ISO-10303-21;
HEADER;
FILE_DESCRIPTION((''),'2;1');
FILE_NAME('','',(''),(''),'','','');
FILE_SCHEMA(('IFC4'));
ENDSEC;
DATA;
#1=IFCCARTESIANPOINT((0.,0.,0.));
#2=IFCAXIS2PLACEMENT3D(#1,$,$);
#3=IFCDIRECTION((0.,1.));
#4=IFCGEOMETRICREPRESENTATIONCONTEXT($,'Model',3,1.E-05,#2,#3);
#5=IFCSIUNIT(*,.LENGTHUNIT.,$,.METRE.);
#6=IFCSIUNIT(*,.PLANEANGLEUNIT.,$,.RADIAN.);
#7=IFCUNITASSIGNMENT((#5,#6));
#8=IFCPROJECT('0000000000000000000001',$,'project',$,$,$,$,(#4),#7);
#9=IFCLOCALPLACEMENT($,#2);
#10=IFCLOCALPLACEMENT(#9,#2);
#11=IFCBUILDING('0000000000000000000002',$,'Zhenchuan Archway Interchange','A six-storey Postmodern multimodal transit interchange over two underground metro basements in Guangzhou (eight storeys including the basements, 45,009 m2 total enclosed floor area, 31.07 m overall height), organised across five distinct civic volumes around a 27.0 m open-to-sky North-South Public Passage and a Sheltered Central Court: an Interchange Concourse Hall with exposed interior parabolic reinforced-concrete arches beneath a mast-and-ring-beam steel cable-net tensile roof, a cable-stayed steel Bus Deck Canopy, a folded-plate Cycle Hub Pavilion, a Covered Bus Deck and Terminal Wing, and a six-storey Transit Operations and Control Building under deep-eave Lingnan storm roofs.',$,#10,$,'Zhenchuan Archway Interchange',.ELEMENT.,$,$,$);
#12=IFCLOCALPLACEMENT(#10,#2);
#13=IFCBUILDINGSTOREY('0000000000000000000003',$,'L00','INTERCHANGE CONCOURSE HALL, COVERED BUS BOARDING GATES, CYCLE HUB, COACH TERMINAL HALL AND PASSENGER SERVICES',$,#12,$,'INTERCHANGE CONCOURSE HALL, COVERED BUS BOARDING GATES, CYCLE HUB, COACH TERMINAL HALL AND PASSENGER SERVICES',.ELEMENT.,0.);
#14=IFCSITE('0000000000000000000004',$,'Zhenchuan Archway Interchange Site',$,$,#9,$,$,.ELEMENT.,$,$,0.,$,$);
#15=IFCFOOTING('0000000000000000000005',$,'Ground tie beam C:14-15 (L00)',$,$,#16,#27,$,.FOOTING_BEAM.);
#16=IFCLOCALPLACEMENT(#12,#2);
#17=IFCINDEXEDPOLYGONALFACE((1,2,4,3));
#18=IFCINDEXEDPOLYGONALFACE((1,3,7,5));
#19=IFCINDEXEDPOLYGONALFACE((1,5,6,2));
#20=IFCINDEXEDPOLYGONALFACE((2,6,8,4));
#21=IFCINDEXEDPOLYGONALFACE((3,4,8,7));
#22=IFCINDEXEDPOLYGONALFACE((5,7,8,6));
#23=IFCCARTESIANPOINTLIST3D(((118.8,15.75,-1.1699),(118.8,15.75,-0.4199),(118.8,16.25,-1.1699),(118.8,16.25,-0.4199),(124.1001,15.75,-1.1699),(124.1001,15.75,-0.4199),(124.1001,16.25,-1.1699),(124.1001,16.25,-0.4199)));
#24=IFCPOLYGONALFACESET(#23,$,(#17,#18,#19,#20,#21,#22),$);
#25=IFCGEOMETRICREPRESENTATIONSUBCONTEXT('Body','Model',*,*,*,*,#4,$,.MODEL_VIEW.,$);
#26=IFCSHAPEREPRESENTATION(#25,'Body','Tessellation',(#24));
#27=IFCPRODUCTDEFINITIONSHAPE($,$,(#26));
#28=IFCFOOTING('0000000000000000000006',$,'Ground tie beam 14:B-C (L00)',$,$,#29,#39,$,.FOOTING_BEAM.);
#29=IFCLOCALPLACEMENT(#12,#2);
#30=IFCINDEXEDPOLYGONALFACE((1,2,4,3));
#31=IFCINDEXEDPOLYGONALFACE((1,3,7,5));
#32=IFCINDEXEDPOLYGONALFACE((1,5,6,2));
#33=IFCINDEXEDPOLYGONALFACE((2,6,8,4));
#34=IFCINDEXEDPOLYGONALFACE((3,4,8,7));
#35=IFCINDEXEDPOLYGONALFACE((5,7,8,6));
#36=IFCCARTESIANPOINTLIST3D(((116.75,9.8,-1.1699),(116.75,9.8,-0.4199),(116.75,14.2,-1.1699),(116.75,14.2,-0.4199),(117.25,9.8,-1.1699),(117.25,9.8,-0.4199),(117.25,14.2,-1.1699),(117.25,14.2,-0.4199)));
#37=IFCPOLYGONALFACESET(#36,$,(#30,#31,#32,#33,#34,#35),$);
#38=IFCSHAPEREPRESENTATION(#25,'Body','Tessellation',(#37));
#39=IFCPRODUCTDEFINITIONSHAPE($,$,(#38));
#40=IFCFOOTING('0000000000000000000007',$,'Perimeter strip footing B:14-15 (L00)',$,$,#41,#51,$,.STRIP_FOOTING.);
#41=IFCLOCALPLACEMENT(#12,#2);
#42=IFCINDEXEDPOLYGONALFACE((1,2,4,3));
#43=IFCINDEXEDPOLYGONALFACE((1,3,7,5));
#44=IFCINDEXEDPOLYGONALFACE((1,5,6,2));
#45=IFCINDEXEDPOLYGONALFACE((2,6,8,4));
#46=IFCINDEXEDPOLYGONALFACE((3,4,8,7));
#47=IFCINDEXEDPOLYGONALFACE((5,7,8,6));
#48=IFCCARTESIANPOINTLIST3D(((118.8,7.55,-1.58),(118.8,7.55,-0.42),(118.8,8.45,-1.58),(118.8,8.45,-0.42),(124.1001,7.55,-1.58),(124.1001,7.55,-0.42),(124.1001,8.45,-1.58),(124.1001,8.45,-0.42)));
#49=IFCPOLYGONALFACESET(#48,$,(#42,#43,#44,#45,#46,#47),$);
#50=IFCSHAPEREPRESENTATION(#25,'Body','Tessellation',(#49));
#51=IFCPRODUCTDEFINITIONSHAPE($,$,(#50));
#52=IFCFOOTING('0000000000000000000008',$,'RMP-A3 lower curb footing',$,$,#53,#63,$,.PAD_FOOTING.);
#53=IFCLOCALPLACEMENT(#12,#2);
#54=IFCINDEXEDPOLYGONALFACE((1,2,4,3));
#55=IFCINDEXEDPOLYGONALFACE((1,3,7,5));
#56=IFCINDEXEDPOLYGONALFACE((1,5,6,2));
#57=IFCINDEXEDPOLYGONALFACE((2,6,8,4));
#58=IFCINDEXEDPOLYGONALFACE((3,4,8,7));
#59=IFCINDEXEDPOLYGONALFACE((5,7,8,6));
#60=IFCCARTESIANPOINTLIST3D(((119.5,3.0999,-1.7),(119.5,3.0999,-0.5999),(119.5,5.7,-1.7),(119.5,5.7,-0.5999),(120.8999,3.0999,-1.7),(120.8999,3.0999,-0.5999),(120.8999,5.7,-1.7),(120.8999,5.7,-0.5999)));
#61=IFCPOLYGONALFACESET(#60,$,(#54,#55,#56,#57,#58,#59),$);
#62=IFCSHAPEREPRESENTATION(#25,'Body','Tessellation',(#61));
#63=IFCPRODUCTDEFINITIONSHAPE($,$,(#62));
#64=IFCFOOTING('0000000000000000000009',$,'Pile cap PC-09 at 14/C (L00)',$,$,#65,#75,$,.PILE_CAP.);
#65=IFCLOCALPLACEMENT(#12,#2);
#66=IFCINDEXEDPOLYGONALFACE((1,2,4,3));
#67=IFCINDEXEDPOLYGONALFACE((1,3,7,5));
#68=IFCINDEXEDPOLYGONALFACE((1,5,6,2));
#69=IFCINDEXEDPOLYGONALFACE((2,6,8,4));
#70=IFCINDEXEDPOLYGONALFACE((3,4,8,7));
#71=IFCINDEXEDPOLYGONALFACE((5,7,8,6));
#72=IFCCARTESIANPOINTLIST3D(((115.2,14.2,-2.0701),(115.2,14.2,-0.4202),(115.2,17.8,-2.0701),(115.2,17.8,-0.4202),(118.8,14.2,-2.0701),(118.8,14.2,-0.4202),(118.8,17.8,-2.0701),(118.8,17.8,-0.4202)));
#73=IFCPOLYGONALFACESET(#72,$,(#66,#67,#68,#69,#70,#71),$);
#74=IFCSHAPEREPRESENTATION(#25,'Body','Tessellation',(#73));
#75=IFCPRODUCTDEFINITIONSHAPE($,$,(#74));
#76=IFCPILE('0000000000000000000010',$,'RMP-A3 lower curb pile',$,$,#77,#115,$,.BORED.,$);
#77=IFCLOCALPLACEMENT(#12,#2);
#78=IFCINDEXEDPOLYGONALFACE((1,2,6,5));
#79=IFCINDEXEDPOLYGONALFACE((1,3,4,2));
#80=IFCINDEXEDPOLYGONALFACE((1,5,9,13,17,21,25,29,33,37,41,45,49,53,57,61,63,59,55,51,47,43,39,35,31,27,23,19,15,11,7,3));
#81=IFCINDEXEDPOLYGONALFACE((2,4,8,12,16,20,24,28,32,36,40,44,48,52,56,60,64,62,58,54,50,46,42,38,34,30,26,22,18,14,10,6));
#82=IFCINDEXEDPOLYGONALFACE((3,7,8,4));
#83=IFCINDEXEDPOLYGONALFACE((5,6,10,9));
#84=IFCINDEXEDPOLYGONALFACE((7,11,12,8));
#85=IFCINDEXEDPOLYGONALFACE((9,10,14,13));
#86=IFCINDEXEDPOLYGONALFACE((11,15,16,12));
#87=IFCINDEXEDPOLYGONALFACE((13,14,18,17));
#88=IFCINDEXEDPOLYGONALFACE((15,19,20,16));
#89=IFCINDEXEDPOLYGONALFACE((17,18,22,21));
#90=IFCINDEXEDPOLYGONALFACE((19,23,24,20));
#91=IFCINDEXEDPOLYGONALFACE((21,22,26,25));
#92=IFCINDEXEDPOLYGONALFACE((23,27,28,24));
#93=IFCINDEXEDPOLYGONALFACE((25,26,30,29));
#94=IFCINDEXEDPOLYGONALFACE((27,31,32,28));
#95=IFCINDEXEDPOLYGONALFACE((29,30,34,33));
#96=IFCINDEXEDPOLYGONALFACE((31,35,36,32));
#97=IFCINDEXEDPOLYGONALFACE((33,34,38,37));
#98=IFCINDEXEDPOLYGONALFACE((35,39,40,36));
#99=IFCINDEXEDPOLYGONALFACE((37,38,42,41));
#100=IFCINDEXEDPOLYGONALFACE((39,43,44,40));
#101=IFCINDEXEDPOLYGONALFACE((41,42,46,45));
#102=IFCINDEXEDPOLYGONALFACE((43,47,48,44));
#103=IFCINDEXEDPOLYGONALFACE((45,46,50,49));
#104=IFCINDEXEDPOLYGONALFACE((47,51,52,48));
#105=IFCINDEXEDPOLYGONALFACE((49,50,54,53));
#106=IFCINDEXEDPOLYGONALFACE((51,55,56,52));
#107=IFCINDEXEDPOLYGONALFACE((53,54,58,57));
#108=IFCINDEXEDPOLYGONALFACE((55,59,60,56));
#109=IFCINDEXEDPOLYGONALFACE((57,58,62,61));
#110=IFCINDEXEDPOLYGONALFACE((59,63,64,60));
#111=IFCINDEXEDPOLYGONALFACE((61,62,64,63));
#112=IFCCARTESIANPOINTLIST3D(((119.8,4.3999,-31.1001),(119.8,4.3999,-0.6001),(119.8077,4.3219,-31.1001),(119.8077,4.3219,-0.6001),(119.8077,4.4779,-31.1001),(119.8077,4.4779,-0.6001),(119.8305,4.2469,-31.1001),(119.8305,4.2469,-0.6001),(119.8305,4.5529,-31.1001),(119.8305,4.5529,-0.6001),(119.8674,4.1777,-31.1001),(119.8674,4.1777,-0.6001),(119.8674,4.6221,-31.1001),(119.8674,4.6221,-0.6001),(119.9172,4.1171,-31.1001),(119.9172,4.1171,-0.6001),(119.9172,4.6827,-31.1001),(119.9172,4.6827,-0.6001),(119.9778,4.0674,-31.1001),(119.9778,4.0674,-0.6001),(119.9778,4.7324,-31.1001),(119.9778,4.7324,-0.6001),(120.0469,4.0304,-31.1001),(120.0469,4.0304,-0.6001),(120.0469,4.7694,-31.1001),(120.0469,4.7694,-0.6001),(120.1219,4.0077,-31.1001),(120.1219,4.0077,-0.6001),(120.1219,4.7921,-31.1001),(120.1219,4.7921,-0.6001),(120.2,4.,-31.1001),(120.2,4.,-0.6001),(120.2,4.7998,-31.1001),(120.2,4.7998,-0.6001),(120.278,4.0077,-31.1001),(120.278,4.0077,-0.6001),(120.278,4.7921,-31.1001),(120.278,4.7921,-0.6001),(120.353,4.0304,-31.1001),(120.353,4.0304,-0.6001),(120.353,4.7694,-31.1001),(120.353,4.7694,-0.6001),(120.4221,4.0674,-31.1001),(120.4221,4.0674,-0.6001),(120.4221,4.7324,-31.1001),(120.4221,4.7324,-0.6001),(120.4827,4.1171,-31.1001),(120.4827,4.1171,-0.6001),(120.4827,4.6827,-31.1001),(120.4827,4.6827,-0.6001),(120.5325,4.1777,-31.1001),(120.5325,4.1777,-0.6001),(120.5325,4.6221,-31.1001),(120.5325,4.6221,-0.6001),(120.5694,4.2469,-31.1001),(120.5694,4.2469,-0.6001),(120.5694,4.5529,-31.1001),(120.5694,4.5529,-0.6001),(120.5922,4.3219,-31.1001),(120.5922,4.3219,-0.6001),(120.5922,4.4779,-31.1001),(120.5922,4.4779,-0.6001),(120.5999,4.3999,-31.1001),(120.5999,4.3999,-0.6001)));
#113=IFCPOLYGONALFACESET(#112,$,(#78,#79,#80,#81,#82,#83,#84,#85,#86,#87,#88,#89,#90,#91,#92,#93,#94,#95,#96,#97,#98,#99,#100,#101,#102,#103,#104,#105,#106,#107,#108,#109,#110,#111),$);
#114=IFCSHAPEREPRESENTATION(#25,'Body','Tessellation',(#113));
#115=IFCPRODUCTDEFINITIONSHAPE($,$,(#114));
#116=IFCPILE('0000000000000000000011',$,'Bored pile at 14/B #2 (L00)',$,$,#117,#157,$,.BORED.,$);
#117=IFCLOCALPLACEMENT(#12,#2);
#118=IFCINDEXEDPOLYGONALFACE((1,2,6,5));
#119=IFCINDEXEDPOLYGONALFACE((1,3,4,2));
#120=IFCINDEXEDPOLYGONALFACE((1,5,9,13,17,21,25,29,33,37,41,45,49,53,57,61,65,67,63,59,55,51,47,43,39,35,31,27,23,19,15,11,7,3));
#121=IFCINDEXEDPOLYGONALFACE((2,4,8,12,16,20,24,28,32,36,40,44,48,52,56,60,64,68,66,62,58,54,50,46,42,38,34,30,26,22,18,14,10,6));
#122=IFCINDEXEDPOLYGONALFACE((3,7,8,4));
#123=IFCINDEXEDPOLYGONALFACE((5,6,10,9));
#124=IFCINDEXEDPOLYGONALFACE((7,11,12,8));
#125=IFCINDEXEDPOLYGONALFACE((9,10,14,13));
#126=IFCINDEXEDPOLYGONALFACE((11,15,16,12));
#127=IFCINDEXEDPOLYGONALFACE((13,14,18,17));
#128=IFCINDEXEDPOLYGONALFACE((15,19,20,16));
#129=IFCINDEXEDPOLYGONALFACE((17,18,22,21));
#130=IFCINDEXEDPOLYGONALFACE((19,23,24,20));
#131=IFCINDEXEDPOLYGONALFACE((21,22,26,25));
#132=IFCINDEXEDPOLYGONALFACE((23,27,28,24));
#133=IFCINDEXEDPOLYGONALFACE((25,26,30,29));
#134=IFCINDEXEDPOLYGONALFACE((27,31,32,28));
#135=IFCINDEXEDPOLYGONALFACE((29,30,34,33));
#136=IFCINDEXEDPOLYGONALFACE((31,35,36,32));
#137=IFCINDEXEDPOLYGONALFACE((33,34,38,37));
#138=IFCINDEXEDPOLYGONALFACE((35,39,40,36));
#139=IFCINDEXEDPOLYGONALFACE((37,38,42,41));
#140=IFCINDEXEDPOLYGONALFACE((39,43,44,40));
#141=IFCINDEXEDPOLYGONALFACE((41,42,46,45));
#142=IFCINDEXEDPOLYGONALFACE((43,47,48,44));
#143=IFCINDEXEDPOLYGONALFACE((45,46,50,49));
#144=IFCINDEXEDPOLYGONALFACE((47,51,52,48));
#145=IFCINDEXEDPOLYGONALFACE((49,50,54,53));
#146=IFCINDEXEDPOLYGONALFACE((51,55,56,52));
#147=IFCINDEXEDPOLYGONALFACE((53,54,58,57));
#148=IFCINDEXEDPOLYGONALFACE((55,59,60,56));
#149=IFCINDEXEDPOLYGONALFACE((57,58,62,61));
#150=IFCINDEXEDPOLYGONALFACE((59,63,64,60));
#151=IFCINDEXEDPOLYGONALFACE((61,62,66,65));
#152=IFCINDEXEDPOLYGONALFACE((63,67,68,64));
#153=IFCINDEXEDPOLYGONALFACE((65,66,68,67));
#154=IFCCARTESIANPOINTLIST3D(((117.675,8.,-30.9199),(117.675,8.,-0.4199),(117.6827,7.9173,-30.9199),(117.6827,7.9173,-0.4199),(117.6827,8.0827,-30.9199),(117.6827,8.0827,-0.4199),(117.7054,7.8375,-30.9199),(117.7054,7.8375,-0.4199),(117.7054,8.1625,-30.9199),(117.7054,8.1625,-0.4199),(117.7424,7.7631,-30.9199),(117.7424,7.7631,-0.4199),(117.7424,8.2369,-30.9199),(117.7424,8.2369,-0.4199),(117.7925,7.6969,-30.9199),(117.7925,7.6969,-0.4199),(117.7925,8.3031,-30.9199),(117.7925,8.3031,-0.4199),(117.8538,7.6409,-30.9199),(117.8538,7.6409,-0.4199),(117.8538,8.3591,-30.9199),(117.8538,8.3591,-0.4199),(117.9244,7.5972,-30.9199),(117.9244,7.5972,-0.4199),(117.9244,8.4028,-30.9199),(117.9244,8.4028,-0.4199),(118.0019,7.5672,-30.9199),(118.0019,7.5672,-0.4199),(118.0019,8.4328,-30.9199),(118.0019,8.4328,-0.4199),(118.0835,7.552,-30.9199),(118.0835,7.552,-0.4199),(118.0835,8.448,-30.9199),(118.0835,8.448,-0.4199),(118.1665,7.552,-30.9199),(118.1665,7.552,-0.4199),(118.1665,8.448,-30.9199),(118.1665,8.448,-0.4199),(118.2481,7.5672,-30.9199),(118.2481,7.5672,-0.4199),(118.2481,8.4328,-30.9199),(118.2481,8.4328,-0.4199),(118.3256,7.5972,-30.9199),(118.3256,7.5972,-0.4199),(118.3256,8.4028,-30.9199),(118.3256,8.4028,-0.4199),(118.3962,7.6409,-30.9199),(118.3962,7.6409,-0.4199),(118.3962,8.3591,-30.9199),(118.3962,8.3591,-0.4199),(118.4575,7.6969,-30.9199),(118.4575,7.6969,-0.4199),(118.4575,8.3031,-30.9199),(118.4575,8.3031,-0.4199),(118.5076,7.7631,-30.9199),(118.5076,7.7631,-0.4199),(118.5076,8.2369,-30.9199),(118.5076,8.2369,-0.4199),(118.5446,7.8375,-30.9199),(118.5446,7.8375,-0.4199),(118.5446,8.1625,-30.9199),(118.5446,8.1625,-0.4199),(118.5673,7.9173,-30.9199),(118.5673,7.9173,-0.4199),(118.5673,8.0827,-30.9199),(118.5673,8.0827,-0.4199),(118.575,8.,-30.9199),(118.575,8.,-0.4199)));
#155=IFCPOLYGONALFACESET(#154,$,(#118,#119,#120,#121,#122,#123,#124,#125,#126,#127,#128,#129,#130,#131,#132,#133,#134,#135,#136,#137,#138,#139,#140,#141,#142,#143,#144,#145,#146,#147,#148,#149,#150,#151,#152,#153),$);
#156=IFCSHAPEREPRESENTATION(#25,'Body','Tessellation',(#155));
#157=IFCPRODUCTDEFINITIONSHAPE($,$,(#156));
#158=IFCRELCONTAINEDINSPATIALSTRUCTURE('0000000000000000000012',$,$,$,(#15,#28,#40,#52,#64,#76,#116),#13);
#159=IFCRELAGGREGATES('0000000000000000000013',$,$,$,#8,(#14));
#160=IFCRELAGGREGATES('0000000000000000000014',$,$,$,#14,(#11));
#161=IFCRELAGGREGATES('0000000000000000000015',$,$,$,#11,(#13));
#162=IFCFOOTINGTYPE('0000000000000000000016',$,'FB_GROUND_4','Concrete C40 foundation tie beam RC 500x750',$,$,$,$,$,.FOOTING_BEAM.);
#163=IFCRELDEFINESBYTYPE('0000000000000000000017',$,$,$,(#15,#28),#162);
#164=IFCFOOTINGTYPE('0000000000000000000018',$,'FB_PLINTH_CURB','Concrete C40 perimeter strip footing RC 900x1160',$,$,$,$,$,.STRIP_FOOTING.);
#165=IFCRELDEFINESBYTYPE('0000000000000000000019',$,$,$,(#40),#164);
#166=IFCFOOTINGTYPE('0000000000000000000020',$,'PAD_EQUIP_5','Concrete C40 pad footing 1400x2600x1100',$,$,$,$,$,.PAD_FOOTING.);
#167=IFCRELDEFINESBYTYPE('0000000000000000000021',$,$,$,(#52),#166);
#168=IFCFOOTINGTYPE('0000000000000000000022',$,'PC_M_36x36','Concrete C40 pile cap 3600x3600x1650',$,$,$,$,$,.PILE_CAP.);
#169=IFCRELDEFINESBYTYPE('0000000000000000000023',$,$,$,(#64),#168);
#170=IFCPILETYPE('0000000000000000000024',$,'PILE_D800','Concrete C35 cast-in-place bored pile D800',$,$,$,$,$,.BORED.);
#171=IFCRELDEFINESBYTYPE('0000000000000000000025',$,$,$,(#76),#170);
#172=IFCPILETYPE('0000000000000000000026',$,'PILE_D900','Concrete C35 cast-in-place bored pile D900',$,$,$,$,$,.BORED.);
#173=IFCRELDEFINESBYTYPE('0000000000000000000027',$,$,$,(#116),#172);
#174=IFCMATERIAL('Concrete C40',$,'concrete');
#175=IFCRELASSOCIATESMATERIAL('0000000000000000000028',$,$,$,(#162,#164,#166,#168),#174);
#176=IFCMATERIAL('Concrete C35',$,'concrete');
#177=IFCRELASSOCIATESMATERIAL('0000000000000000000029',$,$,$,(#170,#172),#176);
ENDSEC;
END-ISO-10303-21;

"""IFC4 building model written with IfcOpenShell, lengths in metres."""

from ifc_helpers import new_model, si_unit, direction, frame, origin, origin_2d, place, context, subcontext, project, spatial, rectangle, circle, extrude, material, material_profile, profile_set, type_object, element, save


model = new_model("IFC4")

# Units and contexts
model_context = context("Model", 3, precision=1e-05, world=origin(), true_north=direction((0.0, 1.0)))
body_context = subcontext(model_context, "Body", "Model", "MODEL_VIEW")
ifc_project = project(units=[si_unit("LENGTHUNIT", "METRE"), si_unit("PLANEANGLEUNIT", "RADIAN")], contexts=[model_context])

# Site, building, storey
site_placement = place(None, origin())
site = spatial("IfcSite", under=ifc_project, at=site_placement, Name="Zhenchuan Archway Interchange Site", CompositionType="ELEMENT", RefElevation=0.0)
building_placement = place(site_placement, origin())
building = spatial("IfcBuilding", under=site, at=building_placement, Name="Zhenchuan Archway Interchange", Description="A six-storey Postmodern multimodal transit interchange over two underground metro basements in Guangzhou (eight storeys including the basements, 45,009 m2 total enclosed floor area, 31.07 m overall height), organised across five distinct civic volumes around a 27.0 m open-to-sky North-South Public Passage and a Sheltered Central Court: an Interchange Concourse Hall with exposed interior parabolic reinforced-concrete arches beneath a mast-and-ring-beam steel cable-net tensile roof, a cable-stayed steel Bus Deck Canopy, a folded-plate Cycle Hub Pavilion, a Covered Bus Deck and Terminal Wing, and a six-storey Transit Operations and Control Building under deep-eave Lingnan storm roofs.", LongName="Zhenchuan Archway Interchange", CompositionType="ELEMENT")
storey_placement = place(building_placement, origin())
storey = spatial("IfcBuildingStorey", under=building, at=storey_placement, Name="L00", Description="INTERCHANGE CONCOURSE HALL, COVERED BUS BOARDING GATES, CYCLE HUB, COACH TERMINAL HALL AND PASSENGER SERVICES", LongName="INTERCHANGE CONCOURSE HALL, COVERED BUS BOARDING GATES, CYCLE HUB, COACH TERMINAL HALL AND PASSENGER SERVICES", CompositionType="ELEMENT", Elevation=0.0)

# Footings
ifc_material_1 = material(Name="Concrete C40", Category="concrete")
ifc_material_profile_1 = material_profile(ifc_material_1, rectangle(XDim=0.5, YDim=0.75, at=origin_2d()), Name="RC 500x750")
ifc_profile_set_1 = profile_set([ifc_material_profile_1], Name="Concrete C40")
footing_type_1 = type_object("IfcFootingType", Name="FB_GROUND_4", Description="Concrete C40 foundation tie beam RC 500x750", PredefinedType="FOOTING_BEAM", material=ifc_profile_set_1)
footing_1_placement = place(storey_placement, frame((118.8, 16.0, -0.7949), z_axis=(1.0, 0.0, 0.0), x_axis=(0.0, 1.0, 0.0)))
element("IfcFooting", 1, at=footing_1_placement, inside=storey, type_object=footing_type_1, Name="Ground tie beam C:14-15 (L00)", PredefinedType="FOOTING_BEAM", context=body_context, shape_type="SweptSolid", body=[
    extrude(rectangle(XDim=0.5, YDim=0.75, at=origin_2d()), origin(), (0.0, 0.0, 1.0), 5.3),
])
footing_2_placement = place(storey_placement, frame((117.0, 9.8, -0.7949), z_axis=(0.0, 1.0, 0.0), x_axis=(-1.0, 0.0, 0.0)))
element("IfcFooting", 2, at=footing_2_placement, inside=storey, type_object=footing_type_1, Name="Ground tie beam 14:B-C (L00)", PredefinedType="FOOTING_BEAM", context=body_context, shape_type="SweptSolid", body=[
    extrude(rectangle(XDim=0.5, YDim=0.75, at=origin_2d()), origin(), (0.0, 0.0, 1.0), 4.3999),
])
ifc_material_profile_2 = material_profile(ifc_material_1, rectangle(XDim=0.8999, YDim=1.1599, at=origin_2d()), Name="RC 900x1160")
ifc_profile_set_2 = profile_set([ifc_material_profile_2], Name="Concrete C40")
footing_type_2 = type_object("IfcFootingType", Name="FB_PLINTH_CURB", Description="Concrete C40 perimeter strip footing RC 900x1160", PredefinedType="STRIP_FOOTING", material=ifc_profile_set_2)
footing_3_placement = place(storey_placement, frame((118.8, 8.0, -1.0), z_axis=(1.0, 0.0, 0.0), x_axis=(0.0, 1.0, 0.0)))
element("IfcFooting", 3, at=footing_3_placement, inside=storey, type_object=footing_type_2, Name="Perimeter strip footing B:14-15 (L00)", PredefinedType="STRIP_FOOTING", context=body_context, shape_type="SweptSolid", body=[
    extrude(rectangle(XDim=0.8999, YDim=1.1599, at=origin_2d()), origin(), (0.0, 0.0, 1.0), 5.3),
])
footing_type_3 = type_object("IfcFootingType", Name="PAD_EQUIP_5", Description="Concrete C40 pad footing 1400x2600x1100", PredefinedType="PAD_FOOTING", material=ifc_material_1)
footing_4_placement = place(storey_placement, frame((120.2, 4.3999, -1.7), z_axis=(0.0, 0.0, 1.0), x_axis=(1.0, 0.0, 0.0)))
element("IfcFooting", 4, at=footing_4_placement, inside=storey, type_object=footing_type_3, Name="RMP-A3 lower curb footing", PredefinedType="PAD_FOOTING", context=body_context, shape_type="SweptSolid", body=[
    extrude(rectangle(XDim=1.3999, YDim=2.6001, at=origin_2d()), origin(), (0.0, 0.0, 1.0), 1.1001),
])
footing_type_4 = type_object("IfcFootingType", Name="PC_M_36x36", Description="Concrete C40 pile cap 3600x3600x1650", PredefinedType="PILE_CAP", material=ifc_material_1)
footing_5_placement = place(storey_placement, frame((117.0, 16.0, -2.0701), z_axis=(0.0, 0.0, 1.0), x_axis=(1.0, 0.0, 0.0)))
element("IfcFooting", 5, at=footing_5_placement, inside=storey, type_object=footing_type_4, Name="Pile cap PC-09 at 14/C (L00)", PredefinedType="PILE_CAP", context=body_context, shape_type="SweptSolid", body=[
    extrude(rectangle(XDim=3.6001, YDim=3.6001, at=origin_2d()), origin(), (0.0, 0.0, 1.0), 1.6499),
])

# Piles
ifc_material_2 = material(Name="Concrete C35", Category="concrete")
ifc_material_profile_3 = material_profile(ifc_material_2, circle(Radius=0.3999, at=origin_2d()), Name="BORED PILE 800")
ifc_profile_set_3 = profile_set([ifc_material_profile_3], Name="Concrete C35")
pile_type_1 = type_object("IfcPileType", Name="PILE_D800", Description="Concrete C35 cast-in-place bored pile D800", PredefinedType="BORED", material=ifc_profile_set_3)
pile_placement = place(storey_placement, frame((120.2, 4.3999, -0.6001), z_axis=(0.0, 0.0, -1.0), x_axis=(1.0, 0.0, 0.0)))
element("IfcPile", 6, at=pile_placement, inside=storey, type_object=pile_type_1, Name="RMP-A3 lower curb pile", PredefinedType="BORED", context=body_context, shape_type="SweptSolid", body=[
    extrude(circle(Radius=0.3999, at=origin_2d()), origin(), (0.0, 0.0, 1.0), 30.5),
])
ifc_material_profile_4 = material_profile(ifc_material_2, circle(Radius=0.45, at=origin_2d()), Name="BORED PILE 900")
ifc_profile_set_4 = profile_set([ifc_material_profile_4], Name="Concrete C35")
pile_type_2 = type_object("IfcPileType", Name="PILE_D900", Description="Concrete C35 cast-in-place bored pile D900", PredefinedType="BORED", material=ifc_profile_set_4)
for number, where, z_axis, x_axis, name in (
    (7, (118.125, 8.0, -0.4199), (0.0, 0.0, -1.0), (1.0, 0.0, 0.0), "Bored pile at 14/B #2 (L00)"),
):
    element("IfcPile", number, at=place(storey_placement, frame(where, z_axis=z_axis, x_axis=x_axis)), inside=storey, type_object=pile_type_2, Name=name, PredefinedType="BORED", context=body_context, shape_type="SweptSolid", body=[
        extrude(circle(Radius=0.45, at=origin_2d()), origin(), (0.0, 0.0, 1.0), 30.5),
    ])

save(model, "model.ifc")
